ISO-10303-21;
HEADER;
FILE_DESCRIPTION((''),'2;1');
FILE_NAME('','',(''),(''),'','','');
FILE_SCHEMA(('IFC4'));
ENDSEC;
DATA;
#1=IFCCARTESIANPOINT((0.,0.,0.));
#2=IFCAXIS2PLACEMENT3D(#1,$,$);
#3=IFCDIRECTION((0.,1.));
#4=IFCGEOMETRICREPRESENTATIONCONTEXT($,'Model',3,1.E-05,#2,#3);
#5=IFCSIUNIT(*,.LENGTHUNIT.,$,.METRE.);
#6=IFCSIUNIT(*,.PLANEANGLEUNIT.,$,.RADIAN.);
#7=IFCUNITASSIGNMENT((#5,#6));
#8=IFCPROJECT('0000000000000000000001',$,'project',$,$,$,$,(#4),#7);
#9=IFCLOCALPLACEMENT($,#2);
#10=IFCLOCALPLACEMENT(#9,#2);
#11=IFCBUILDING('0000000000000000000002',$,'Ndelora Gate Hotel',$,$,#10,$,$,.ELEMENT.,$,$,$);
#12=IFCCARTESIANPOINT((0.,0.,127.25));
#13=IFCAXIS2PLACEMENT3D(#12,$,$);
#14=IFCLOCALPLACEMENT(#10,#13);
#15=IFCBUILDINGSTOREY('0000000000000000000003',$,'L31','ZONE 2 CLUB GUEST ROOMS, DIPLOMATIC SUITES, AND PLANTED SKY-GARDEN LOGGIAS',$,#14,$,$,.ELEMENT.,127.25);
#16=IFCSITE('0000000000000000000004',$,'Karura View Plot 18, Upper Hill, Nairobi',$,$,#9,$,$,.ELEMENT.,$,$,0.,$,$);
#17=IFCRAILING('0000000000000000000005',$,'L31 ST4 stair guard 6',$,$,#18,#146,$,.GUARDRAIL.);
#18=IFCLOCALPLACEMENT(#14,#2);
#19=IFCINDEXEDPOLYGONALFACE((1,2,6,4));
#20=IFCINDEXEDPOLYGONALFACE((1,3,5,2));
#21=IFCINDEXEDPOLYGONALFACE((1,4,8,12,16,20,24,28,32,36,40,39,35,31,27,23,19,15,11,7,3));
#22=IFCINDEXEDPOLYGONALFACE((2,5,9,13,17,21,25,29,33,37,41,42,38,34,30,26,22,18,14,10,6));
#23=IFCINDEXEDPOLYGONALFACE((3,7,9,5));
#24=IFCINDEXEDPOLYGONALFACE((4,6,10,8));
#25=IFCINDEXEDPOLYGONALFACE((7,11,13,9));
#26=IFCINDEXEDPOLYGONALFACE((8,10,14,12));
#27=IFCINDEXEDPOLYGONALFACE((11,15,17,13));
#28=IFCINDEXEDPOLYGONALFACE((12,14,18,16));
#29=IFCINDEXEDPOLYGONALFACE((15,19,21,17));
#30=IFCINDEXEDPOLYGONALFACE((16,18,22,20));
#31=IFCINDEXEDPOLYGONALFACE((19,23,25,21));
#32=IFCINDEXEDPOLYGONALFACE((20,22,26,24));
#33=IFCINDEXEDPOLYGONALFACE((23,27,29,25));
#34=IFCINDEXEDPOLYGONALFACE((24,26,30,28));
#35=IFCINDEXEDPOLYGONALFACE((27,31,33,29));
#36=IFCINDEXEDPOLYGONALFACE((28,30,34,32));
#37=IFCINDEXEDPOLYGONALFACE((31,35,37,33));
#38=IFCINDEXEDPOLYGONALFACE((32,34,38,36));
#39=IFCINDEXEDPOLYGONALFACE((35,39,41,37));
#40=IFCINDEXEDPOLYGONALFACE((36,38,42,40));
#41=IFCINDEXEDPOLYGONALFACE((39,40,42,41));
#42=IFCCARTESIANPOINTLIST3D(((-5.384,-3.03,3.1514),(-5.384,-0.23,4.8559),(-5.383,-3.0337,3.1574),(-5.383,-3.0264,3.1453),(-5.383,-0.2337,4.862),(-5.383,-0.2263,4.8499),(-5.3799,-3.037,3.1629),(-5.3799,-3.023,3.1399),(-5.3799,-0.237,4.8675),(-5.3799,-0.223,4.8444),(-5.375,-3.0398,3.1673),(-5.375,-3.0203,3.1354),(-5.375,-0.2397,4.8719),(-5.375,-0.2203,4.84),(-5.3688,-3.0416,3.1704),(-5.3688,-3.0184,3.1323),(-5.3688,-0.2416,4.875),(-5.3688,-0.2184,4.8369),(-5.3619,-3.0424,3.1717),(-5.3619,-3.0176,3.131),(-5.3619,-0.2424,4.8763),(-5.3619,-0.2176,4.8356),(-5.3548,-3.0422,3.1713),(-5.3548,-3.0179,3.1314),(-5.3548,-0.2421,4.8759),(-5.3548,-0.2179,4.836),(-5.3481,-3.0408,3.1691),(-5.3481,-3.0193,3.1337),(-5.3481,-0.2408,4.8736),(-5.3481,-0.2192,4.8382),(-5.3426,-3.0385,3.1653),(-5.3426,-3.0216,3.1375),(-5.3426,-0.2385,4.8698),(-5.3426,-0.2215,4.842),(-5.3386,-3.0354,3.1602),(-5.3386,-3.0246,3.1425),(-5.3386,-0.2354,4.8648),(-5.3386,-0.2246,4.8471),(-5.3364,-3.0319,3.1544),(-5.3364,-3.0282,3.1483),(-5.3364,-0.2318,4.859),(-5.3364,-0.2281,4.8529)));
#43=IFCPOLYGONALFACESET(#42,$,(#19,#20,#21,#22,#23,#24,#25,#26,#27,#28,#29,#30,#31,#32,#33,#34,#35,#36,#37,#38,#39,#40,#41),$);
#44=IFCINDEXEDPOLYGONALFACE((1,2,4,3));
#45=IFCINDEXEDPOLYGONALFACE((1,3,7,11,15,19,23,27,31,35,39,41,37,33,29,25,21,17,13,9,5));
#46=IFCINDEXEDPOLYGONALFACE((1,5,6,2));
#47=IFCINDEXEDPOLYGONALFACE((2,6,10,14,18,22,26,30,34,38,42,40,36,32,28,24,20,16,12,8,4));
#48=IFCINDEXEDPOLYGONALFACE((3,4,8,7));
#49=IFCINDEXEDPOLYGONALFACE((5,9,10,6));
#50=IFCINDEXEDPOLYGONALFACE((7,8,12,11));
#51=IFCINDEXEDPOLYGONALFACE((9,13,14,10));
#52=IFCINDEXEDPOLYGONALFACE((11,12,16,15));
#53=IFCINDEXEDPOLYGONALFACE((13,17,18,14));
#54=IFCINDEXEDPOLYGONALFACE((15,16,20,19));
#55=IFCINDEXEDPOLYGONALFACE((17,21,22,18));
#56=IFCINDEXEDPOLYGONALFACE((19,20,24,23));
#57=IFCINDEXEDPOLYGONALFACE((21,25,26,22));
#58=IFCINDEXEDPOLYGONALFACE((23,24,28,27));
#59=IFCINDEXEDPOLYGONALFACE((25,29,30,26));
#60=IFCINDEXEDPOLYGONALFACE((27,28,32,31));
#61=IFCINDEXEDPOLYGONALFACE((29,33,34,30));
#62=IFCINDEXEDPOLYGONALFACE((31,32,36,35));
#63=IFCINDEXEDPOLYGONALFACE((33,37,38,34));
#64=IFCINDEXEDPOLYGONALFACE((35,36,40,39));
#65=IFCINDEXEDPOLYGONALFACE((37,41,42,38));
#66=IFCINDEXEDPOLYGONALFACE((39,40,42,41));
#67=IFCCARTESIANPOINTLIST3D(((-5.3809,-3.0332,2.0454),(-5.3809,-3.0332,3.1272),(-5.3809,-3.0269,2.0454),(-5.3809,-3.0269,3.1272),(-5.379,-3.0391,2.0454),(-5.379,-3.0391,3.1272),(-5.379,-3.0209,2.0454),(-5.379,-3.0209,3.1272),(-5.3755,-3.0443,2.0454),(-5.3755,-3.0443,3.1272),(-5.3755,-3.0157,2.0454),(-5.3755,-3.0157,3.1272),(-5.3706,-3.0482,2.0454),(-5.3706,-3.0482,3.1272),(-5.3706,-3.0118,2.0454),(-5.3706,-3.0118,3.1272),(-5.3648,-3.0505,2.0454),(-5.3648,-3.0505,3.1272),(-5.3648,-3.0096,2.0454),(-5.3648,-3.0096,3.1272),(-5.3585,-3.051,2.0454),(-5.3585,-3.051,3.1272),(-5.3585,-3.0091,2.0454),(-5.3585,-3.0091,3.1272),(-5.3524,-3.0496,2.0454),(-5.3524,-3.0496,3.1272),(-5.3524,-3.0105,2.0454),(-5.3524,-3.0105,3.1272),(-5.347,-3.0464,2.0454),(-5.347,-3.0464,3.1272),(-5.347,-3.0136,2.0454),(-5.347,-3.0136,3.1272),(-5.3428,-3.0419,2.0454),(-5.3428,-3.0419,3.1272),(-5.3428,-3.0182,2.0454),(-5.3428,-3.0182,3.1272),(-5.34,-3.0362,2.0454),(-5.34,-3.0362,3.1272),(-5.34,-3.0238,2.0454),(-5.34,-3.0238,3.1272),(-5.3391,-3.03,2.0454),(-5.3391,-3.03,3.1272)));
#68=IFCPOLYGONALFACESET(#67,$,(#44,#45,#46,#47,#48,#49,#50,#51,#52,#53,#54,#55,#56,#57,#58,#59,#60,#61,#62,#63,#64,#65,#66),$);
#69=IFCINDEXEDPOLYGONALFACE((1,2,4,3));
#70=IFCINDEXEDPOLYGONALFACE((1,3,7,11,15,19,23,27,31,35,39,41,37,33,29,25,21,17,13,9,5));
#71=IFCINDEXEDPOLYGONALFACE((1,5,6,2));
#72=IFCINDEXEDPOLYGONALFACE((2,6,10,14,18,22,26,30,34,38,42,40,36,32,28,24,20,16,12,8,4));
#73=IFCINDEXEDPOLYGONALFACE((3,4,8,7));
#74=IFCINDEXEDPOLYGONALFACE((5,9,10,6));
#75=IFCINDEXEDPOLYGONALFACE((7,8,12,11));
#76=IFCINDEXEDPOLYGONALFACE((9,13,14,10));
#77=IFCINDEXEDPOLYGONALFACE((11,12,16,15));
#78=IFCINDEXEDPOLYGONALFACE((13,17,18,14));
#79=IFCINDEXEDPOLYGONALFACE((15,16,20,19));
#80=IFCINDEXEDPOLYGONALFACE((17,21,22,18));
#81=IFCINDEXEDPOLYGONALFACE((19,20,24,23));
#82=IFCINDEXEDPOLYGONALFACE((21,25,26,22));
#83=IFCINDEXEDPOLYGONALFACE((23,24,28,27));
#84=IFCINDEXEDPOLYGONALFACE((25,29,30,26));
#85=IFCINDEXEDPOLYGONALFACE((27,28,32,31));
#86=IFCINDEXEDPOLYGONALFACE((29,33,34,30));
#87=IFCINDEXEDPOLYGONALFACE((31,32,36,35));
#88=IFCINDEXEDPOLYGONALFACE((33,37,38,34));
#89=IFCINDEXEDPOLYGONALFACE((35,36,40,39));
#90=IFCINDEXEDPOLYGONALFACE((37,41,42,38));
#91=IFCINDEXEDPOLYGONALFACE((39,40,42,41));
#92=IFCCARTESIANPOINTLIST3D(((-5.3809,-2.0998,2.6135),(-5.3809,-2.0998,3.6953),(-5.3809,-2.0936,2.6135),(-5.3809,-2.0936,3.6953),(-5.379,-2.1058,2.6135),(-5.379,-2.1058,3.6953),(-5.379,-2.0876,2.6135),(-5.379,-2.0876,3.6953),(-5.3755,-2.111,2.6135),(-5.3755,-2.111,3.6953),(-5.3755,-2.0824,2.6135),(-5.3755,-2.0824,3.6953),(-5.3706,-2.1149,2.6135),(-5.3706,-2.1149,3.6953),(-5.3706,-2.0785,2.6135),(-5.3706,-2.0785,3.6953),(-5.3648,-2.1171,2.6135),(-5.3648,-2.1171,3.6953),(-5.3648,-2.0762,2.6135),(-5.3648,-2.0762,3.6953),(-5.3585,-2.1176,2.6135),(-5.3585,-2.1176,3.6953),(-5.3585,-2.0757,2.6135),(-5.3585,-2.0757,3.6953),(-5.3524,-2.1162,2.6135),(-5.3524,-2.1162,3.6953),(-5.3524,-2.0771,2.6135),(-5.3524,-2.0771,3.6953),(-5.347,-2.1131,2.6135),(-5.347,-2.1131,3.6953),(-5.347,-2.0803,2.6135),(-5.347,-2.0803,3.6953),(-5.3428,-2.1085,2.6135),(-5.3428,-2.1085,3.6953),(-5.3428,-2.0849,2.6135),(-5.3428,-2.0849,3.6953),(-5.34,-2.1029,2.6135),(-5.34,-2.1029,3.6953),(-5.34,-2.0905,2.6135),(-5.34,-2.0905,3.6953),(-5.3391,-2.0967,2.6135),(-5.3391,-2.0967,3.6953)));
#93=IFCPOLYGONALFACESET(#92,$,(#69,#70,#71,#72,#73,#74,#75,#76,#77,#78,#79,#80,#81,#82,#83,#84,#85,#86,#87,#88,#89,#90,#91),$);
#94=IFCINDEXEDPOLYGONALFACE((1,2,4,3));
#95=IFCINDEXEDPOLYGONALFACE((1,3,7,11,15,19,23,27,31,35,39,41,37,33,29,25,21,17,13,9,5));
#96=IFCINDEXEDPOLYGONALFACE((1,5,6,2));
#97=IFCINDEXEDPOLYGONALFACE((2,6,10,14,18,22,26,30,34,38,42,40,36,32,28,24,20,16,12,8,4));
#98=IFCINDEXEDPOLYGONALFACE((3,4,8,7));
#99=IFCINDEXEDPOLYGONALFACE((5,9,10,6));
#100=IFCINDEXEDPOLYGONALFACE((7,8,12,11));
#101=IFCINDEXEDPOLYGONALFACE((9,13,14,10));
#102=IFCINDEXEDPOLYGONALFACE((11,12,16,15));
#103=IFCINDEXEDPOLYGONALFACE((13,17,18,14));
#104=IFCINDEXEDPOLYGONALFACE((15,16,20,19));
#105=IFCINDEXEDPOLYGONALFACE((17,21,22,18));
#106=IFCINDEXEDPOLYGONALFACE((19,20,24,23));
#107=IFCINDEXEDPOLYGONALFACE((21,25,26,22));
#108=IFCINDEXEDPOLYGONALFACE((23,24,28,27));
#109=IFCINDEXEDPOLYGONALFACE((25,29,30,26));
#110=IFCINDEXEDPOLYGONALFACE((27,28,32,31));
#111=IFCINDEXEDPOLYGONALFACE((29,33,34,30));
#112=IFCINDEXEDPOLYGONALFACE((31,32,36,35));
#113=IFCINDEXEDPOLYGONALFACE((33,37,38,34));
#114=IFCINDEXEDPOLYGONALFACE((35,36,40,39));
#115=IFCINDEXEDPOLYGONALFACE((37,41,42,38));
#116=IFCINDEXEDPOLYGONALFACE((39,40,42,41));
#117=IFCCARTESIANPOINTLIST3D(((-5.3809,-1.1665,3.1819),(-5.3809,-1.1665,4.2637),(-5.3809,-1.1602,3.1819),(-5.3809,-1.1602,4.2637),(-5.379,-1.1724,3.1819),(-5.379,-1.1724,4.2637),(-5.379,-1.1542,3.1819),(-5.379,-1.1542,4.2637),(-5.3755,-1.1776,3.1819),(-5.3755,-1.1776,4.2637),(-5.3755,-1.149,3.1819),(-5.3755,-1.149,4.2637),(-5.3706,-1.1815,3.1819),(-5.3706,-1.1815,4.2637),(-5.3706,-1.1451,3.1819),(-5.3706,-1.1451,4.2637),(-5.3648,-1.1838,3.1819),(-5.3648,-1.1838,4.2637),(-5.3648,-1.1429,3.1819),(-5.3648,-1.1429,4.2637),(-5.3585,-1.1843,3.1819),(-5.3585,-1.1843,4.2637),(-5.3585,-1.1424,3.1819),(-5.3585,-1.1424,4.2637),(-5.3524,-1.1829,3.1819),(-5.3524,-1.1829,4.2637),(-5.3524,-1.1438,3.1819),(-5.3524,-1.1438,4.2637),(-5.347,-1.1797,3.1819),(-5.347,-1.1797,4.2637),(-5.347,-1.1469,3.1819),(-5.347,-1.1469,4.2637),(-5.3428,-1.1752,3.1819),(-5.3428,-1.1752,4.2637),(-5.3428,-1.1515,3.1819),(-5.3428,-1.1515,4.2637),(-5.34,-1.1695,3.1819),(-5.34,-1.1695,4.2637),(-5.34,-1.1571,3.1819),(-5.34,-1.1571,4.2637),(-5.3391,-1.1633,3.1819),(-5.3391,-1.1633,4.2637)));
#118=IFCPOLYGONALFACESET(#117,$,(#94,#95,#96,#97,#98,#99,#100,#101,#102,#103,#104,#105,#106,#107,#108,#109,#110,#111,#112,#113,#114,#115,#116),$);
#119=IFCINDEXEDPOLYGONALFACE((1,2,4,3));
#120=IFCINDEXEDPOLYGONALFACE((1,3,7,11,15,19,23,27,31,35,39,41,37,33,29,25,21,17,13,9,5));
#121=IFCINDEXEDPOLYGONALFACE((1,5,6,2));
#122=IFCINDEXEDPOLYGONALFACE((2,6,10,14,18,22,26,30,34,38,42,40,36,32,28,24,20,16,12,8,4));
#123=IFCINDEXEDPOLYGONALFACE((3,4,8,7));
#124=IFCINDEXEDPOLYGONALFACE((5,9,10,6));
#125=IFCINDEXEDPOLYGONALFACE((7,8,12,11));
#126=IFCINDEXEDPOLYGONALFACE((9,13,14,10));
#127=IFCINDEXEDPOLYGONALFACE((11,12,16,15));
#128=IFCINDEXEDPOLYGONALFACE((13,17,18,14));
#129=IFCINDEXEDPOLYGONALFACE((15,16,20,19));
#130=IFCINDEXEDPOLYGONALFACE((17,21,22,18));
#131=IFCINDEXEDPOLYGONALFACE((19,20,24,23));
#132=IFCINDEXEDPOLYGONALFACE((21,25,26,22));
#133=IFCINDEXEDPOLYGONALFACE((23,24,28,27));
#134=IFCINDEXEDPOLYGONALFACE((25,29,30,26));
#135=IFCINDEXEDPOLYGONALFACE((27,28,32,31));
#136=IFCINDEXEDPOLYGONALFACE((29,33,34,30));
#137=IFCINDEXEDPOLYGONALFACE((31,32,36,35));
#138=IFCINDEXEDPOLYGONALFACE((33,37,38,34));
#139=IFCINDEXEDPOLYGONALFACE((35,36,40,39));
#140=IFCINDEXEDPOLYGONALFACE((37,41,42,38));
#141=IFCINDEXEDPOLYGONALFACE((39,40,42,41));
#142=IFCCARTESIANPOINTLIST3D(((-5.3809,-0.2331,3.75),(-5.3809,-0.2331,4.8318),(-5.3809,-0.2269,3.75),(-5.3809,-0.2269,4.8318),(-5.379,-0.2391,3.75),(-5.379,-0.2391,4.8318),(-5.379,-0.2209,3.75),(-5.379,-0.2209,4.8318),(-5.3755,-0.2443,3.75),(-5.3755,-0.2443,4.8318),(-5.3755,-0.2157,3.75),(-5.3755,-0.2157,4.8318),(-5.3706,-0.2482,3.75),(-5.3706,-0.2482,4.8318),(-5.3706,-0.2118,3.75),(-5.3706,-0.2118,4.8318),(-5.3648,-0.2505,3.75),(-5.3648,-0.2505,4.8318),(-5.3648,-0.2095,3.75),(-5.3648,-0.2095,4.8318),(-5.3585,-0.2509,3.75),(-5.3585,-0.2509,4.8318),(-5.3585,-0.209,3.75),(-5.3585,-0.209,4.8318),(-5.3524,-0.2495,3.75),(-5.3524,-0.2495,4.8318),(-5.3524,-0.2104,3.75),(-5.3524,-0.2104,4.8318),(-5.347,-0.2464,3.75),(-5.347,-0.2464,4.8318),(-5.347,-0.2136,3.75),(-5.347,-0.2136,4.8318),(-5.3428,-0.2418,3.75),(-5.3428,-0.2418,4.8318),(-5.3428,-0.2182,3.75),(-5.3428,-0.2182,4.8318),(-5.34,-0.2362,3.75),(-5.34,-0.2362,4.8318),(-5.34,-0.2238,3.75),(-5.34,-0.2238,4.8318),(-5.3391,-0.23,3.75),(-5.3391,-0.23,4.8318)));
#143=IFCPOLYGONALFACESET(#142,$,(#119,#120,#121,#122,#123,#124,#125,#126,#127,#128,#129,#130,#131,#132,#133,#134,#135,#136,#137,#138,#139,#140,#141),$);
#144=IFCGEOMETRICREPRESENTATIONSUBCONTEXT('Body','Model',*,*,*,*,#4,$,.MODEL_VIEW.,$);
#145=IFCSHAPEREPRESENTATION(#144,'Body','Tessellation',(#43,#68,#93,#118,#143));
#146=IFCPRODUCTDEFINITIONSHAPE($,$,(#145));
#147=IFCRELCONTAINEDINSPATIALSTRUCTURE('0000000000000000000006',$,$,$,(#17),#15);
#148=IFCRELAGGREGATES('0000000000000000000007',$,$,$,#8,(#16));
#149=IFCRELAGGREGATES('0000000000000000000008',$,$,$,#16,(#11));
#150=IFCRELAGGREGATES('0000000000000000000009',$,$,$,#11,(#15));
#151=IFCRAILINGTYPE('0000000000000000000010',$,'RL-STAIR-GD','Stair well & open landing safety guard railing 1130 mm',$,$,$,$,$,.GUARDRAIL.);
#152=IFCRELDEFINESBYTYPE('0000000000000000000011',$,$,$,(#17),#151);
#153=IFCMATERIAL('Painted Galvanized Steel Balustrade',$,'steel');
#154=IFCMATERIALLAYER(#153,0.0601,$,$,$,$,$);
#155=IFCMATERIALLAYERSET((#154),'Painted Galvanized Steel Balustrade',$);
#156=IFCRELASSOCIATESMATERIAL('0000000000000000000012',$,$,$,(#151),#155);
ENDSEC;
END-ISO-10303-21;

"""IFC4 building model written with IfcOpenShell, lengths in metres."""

from ifc_helpers import new_model, si_unit, direction, frame, origin, origin_2d, place, context, subcontext, project, spatial, circle, extrude, material, layer, layer_set, type_object, element, save


model = new_model("IFC4")

# Units and contexts
model_context = context("Model", 3, precision=1e-05, world=origin(), true_north=direction((0.0, 1.0)))
body_context = subcontext(model_context, "Body", "Model", "MODEL_VIEW")
ifc_project = project(units=[si_unit("LENGTHUNIT", "METRE"), si_unit("PLANEANGLEUNIT", "RADIAN")], contexts=[model_context])

# Site, building, storey
site_placement = place(None, origin())
site = spatial("IfcSite", under=ifc_project, at=site_placement, Name="Karura View Plot 18, Upper Hill, Nairobi", CompositionType="ELEMENT", RefElevation=0.0)
building_placement = place(site_placement, origin())
building = spatial("IfcBuilding", under=site, at=building_placement, Name="Ndelora Gate Hotel", CompositionType="ELEMENT")
storey_placement = place(building_placement, frame((0.0, 0.0, 127.25)))
storey = spatial("IfcBuildingStorey", under=building, at=storey_placement, Name="L31", Description="ZONE 2 CLUB GUEST ROOMS, DIPLOMATIC SUITES, AND PLANTED SKY-GARDEN LOGGIAS", CompositionType="ELEMENT", Elevation=127.25)

# Railing
ifc_material_1 = material(Name="Painted Galvanized Steel Balustrade", Category="steel")
ifc_layer_1 = layer(ifc_material_1, 0.0601)
ifc_layer_set_1 = layer_set([ifc_layer_1], Name="Painted Galvanized Steel Balustrade")
railing_type_1 = type_object("IfcRailingType", Name="RL-STAIR-GD", Description="Stair well & open landing safety guard railing 1130 mm", PredefinedType="GUARDRAIL", material=ifc_layer_set_1)
railing_1_placement = place(storey_placement, frame((-5.3601, -3.03, 2.0454)))
element("IfcRailing", 1, at=railing_1_placement, inside=storey, type_object=railing_type_1, Name="L31 ST4 stair guard 6", PredefinedType="GUARDRAIL", context=body_context, shape_type="SweptSolid", body=[
    extrude(circle(Radius=0.0239, at=origin_2d()), frame((0.0, 0.0, 1.106), z_axis=(0.0, 0.85417, 0.519994), x_axis=(-1.0, 0.0, 0.0)), (0.0, 0.0, 1.0), 3.2781),
    extrude(circle(Radius=0.021, at=origin_2d()), origin(), (0.0, 0.0, 1.0), 1.0818),
    extrude(circle(Radius=0.021, at=origin_2d()), frame((0.0, 0.9333, 0.5681)), (0.0, 0.0, 1.0), 1.0818),
    extrude(circle(Radius=0.021, at=origin_2d()), frame((0.0, 1.8667, 1.1365)), (0.0, 0.0, 1.0), 1.0818),
    extrude(circle(Radius=0.021, at=origin_2d()), frame((0.0, 2.8, 1.7046)), (0.0, 0.0, 1.0), 1.0818),
])

save(model, "model.ifc")
